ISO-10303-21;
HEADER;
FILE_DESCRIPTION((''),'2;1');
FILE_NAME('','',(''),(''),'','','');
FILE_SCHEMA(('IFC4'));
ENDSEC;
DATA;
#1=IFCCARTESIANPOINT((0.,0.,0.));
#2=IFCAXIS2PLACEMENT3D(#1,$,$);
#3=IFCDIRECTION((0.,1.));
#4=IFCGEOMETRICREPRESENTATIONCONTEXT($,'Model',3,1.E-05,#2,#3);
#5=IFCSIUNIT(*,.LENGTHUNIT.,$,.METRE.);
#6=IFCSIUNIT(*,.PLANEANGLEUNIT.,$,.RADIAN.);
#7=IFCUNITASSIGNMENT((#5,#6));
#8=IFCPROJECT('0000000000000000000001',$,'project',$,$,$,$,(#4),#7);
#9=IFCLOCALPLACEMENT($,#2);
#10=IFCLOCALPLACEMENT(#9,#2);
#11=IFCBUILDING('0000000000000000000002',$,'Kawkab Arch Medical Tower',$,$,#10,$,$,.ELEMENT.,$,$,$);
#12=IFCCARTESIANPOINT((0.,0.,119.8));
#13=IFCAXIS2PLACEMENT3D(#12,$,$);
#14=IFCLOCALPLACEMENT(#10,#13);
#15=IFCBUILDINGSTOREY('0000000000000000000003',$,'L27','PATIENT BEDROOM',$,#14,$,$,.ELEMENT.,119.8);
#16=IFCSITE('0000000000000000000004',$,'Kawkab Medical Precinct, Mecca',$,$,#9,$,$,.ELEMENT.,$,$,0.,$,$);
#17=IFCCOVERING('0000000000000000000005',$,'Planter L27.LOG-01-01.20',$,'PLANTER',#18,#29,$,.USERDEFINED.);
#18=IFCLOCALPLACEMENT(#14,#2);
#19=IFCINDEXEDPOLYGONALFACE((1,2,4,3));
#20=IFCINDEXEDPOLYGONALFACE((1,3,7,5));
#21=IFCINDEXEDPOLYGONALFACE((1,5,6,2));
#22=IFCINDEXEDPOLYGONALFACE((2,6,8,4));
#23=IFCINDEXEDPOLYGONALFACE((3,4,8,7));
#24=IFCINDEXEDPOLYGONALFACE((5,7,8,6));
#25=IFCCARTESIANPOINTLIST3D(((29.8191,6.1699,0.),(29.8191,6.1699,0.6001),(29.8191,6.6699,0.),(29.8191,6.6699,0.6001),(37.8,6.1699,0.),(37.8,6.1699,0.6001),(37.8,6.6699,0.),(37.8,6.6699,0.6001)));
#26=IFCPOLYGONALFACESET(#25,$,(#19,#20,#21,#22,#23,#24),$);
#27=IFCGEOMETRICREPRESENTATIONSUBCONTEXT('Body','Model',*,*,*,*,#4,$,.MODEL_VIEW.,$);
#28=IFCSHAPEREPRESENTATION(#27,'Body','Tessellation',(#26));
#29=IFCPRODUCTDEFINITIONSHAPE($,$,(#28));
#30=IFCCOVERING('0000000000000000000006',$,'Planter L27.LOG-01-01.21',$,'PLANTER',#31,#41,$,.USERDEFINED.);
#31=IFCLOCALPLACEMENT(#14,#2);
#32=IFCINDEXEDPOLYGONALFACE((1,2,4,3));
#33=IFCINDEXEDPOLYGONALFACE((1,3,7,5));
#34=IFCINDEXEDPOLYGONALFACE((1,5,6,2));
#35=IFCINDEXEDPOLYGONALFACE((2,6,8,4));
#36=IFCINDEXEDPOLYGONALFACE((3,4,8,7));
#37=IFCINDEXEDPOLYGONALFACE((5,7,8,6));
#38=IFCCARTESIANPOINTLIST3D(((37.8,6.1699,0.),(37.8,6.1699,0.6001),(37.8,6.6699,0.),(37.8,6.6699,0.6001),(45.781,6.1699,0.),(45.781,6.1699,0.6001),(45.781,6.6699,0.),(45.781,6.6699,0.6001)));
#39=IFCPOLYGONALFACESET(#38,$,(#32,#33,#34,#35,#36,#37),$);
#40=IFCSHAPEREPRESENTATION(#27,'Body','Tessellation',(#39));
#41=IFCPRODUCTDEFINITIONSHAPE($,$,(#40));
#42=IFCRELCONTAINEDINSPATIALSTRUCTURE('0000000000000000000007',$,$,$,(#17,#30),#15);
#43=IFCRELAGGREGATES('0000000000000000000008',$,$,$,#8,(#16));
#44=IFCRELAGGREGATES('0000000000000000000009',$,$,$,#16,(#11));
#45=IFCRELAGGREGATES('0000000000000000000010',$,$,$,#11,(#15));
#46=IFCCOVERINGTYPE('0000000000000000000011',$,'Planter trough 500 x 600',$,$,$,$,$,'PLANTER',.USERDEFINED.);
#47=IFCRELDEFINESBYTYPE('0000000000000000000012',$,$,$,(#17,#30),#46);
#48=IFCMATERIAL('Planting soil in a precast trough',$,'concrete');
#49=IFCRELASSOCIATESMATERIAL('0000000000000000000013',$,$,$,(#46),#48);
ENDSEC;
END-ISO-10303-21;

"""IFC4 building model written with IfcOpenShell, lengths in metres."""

from ifc_helpers import new_model, si_unit, direction, frame, origin, origin_2d, place, context, subcontext, project, spatial, rectangle, extrude, material, material_profile, profile_set, type_object, element, save


model = new_model("IFC4")

# Units and contexts
model_context = context("Model", 3, precision=1e-05, world=origin(), true_north=direction((0.0, 1.0)))
body_context = subcontext(model_context, "Body", "Model", "MODEL_VIEW")
ifc_project = project(units=[si_unit("LENGTHUNIT", "METRE"), si_unit("PLANEANGLEUNIT", "RADIAN")], contexts=[model_context])

# Site, building, storey
site_placement = place(None, origin())
site = spatial("IfcSite", under=ifc_project, at=site_placement, Name="Kawkab Medical Precinct, Mecca", CompositionType="ELEMENT", RefElevation=0.0)
building_placement = place(site_placement, origin())
building = spatial("IfcBuilding", under=site, at=building_placement, Name="Kawkab Arch Medical Tower", CompositionType="ELEMENT")
storey_placement = place(building_placement, frame((0.0, 0.0, 119.8)))
storey = spatial("IfcBuildingStorey", under=building, at=storey_placement, Name="L27", Description="PATIENT BEDROOM", CompositionType="ELEMENT", Elevation=119.8)

# Coverings
ifc_material_1 = material(Name="Planting soil in a precast trough", Category="concrete")
ifc_material_profile_1 = material_profile(ifc_material_1, rectangle(XDim=0.5, YDim=0.6001, at=origin_2d()), Name="Trough 500x600")
ifc_profile_set_1 = profile_set([ifc_material_profile_1], Name="Planting soil in a precast trough")
covering_type_1 = type_object("IfcCoveringType", Name="Planter trough 500 x 600", ElementType="PLANTER", PredefinedType="USERDEFINED", material=ifc_profile_set_1)
for number, where, z_axis, x_axis, name in (
    (1, (29.8191, 6.4199, 0.3), (1.0, 0.0, 0.0), (0.0, 1.0, 0.0), "Planter L27.LOG-01-01.20"),
    (2, (37.8, 6.4199, 0.3), (1.0, 0.0, 0.0), (0.0, 1.0, 0.0), "Planter L27.LOG-01-01.21"),
):
    element("IfcCovering", number, at=place(storey_placement, frame(where, z_axis=z_axis, x_axis=x_axis)), inside=storey, type_object=covering_type_1, Name=name, ObjectType="PLANTER", PredefinedType="USERDEFINED", context=body_context, shape_type="SweptSolid", body=[
        extrude(rectangle(XDim=0.5, YDim=0.6001, at=origin_2d()), origin(), (0.0, 0.0, 1.0), 7.981),
    ])

save(model, "model.ifc")
